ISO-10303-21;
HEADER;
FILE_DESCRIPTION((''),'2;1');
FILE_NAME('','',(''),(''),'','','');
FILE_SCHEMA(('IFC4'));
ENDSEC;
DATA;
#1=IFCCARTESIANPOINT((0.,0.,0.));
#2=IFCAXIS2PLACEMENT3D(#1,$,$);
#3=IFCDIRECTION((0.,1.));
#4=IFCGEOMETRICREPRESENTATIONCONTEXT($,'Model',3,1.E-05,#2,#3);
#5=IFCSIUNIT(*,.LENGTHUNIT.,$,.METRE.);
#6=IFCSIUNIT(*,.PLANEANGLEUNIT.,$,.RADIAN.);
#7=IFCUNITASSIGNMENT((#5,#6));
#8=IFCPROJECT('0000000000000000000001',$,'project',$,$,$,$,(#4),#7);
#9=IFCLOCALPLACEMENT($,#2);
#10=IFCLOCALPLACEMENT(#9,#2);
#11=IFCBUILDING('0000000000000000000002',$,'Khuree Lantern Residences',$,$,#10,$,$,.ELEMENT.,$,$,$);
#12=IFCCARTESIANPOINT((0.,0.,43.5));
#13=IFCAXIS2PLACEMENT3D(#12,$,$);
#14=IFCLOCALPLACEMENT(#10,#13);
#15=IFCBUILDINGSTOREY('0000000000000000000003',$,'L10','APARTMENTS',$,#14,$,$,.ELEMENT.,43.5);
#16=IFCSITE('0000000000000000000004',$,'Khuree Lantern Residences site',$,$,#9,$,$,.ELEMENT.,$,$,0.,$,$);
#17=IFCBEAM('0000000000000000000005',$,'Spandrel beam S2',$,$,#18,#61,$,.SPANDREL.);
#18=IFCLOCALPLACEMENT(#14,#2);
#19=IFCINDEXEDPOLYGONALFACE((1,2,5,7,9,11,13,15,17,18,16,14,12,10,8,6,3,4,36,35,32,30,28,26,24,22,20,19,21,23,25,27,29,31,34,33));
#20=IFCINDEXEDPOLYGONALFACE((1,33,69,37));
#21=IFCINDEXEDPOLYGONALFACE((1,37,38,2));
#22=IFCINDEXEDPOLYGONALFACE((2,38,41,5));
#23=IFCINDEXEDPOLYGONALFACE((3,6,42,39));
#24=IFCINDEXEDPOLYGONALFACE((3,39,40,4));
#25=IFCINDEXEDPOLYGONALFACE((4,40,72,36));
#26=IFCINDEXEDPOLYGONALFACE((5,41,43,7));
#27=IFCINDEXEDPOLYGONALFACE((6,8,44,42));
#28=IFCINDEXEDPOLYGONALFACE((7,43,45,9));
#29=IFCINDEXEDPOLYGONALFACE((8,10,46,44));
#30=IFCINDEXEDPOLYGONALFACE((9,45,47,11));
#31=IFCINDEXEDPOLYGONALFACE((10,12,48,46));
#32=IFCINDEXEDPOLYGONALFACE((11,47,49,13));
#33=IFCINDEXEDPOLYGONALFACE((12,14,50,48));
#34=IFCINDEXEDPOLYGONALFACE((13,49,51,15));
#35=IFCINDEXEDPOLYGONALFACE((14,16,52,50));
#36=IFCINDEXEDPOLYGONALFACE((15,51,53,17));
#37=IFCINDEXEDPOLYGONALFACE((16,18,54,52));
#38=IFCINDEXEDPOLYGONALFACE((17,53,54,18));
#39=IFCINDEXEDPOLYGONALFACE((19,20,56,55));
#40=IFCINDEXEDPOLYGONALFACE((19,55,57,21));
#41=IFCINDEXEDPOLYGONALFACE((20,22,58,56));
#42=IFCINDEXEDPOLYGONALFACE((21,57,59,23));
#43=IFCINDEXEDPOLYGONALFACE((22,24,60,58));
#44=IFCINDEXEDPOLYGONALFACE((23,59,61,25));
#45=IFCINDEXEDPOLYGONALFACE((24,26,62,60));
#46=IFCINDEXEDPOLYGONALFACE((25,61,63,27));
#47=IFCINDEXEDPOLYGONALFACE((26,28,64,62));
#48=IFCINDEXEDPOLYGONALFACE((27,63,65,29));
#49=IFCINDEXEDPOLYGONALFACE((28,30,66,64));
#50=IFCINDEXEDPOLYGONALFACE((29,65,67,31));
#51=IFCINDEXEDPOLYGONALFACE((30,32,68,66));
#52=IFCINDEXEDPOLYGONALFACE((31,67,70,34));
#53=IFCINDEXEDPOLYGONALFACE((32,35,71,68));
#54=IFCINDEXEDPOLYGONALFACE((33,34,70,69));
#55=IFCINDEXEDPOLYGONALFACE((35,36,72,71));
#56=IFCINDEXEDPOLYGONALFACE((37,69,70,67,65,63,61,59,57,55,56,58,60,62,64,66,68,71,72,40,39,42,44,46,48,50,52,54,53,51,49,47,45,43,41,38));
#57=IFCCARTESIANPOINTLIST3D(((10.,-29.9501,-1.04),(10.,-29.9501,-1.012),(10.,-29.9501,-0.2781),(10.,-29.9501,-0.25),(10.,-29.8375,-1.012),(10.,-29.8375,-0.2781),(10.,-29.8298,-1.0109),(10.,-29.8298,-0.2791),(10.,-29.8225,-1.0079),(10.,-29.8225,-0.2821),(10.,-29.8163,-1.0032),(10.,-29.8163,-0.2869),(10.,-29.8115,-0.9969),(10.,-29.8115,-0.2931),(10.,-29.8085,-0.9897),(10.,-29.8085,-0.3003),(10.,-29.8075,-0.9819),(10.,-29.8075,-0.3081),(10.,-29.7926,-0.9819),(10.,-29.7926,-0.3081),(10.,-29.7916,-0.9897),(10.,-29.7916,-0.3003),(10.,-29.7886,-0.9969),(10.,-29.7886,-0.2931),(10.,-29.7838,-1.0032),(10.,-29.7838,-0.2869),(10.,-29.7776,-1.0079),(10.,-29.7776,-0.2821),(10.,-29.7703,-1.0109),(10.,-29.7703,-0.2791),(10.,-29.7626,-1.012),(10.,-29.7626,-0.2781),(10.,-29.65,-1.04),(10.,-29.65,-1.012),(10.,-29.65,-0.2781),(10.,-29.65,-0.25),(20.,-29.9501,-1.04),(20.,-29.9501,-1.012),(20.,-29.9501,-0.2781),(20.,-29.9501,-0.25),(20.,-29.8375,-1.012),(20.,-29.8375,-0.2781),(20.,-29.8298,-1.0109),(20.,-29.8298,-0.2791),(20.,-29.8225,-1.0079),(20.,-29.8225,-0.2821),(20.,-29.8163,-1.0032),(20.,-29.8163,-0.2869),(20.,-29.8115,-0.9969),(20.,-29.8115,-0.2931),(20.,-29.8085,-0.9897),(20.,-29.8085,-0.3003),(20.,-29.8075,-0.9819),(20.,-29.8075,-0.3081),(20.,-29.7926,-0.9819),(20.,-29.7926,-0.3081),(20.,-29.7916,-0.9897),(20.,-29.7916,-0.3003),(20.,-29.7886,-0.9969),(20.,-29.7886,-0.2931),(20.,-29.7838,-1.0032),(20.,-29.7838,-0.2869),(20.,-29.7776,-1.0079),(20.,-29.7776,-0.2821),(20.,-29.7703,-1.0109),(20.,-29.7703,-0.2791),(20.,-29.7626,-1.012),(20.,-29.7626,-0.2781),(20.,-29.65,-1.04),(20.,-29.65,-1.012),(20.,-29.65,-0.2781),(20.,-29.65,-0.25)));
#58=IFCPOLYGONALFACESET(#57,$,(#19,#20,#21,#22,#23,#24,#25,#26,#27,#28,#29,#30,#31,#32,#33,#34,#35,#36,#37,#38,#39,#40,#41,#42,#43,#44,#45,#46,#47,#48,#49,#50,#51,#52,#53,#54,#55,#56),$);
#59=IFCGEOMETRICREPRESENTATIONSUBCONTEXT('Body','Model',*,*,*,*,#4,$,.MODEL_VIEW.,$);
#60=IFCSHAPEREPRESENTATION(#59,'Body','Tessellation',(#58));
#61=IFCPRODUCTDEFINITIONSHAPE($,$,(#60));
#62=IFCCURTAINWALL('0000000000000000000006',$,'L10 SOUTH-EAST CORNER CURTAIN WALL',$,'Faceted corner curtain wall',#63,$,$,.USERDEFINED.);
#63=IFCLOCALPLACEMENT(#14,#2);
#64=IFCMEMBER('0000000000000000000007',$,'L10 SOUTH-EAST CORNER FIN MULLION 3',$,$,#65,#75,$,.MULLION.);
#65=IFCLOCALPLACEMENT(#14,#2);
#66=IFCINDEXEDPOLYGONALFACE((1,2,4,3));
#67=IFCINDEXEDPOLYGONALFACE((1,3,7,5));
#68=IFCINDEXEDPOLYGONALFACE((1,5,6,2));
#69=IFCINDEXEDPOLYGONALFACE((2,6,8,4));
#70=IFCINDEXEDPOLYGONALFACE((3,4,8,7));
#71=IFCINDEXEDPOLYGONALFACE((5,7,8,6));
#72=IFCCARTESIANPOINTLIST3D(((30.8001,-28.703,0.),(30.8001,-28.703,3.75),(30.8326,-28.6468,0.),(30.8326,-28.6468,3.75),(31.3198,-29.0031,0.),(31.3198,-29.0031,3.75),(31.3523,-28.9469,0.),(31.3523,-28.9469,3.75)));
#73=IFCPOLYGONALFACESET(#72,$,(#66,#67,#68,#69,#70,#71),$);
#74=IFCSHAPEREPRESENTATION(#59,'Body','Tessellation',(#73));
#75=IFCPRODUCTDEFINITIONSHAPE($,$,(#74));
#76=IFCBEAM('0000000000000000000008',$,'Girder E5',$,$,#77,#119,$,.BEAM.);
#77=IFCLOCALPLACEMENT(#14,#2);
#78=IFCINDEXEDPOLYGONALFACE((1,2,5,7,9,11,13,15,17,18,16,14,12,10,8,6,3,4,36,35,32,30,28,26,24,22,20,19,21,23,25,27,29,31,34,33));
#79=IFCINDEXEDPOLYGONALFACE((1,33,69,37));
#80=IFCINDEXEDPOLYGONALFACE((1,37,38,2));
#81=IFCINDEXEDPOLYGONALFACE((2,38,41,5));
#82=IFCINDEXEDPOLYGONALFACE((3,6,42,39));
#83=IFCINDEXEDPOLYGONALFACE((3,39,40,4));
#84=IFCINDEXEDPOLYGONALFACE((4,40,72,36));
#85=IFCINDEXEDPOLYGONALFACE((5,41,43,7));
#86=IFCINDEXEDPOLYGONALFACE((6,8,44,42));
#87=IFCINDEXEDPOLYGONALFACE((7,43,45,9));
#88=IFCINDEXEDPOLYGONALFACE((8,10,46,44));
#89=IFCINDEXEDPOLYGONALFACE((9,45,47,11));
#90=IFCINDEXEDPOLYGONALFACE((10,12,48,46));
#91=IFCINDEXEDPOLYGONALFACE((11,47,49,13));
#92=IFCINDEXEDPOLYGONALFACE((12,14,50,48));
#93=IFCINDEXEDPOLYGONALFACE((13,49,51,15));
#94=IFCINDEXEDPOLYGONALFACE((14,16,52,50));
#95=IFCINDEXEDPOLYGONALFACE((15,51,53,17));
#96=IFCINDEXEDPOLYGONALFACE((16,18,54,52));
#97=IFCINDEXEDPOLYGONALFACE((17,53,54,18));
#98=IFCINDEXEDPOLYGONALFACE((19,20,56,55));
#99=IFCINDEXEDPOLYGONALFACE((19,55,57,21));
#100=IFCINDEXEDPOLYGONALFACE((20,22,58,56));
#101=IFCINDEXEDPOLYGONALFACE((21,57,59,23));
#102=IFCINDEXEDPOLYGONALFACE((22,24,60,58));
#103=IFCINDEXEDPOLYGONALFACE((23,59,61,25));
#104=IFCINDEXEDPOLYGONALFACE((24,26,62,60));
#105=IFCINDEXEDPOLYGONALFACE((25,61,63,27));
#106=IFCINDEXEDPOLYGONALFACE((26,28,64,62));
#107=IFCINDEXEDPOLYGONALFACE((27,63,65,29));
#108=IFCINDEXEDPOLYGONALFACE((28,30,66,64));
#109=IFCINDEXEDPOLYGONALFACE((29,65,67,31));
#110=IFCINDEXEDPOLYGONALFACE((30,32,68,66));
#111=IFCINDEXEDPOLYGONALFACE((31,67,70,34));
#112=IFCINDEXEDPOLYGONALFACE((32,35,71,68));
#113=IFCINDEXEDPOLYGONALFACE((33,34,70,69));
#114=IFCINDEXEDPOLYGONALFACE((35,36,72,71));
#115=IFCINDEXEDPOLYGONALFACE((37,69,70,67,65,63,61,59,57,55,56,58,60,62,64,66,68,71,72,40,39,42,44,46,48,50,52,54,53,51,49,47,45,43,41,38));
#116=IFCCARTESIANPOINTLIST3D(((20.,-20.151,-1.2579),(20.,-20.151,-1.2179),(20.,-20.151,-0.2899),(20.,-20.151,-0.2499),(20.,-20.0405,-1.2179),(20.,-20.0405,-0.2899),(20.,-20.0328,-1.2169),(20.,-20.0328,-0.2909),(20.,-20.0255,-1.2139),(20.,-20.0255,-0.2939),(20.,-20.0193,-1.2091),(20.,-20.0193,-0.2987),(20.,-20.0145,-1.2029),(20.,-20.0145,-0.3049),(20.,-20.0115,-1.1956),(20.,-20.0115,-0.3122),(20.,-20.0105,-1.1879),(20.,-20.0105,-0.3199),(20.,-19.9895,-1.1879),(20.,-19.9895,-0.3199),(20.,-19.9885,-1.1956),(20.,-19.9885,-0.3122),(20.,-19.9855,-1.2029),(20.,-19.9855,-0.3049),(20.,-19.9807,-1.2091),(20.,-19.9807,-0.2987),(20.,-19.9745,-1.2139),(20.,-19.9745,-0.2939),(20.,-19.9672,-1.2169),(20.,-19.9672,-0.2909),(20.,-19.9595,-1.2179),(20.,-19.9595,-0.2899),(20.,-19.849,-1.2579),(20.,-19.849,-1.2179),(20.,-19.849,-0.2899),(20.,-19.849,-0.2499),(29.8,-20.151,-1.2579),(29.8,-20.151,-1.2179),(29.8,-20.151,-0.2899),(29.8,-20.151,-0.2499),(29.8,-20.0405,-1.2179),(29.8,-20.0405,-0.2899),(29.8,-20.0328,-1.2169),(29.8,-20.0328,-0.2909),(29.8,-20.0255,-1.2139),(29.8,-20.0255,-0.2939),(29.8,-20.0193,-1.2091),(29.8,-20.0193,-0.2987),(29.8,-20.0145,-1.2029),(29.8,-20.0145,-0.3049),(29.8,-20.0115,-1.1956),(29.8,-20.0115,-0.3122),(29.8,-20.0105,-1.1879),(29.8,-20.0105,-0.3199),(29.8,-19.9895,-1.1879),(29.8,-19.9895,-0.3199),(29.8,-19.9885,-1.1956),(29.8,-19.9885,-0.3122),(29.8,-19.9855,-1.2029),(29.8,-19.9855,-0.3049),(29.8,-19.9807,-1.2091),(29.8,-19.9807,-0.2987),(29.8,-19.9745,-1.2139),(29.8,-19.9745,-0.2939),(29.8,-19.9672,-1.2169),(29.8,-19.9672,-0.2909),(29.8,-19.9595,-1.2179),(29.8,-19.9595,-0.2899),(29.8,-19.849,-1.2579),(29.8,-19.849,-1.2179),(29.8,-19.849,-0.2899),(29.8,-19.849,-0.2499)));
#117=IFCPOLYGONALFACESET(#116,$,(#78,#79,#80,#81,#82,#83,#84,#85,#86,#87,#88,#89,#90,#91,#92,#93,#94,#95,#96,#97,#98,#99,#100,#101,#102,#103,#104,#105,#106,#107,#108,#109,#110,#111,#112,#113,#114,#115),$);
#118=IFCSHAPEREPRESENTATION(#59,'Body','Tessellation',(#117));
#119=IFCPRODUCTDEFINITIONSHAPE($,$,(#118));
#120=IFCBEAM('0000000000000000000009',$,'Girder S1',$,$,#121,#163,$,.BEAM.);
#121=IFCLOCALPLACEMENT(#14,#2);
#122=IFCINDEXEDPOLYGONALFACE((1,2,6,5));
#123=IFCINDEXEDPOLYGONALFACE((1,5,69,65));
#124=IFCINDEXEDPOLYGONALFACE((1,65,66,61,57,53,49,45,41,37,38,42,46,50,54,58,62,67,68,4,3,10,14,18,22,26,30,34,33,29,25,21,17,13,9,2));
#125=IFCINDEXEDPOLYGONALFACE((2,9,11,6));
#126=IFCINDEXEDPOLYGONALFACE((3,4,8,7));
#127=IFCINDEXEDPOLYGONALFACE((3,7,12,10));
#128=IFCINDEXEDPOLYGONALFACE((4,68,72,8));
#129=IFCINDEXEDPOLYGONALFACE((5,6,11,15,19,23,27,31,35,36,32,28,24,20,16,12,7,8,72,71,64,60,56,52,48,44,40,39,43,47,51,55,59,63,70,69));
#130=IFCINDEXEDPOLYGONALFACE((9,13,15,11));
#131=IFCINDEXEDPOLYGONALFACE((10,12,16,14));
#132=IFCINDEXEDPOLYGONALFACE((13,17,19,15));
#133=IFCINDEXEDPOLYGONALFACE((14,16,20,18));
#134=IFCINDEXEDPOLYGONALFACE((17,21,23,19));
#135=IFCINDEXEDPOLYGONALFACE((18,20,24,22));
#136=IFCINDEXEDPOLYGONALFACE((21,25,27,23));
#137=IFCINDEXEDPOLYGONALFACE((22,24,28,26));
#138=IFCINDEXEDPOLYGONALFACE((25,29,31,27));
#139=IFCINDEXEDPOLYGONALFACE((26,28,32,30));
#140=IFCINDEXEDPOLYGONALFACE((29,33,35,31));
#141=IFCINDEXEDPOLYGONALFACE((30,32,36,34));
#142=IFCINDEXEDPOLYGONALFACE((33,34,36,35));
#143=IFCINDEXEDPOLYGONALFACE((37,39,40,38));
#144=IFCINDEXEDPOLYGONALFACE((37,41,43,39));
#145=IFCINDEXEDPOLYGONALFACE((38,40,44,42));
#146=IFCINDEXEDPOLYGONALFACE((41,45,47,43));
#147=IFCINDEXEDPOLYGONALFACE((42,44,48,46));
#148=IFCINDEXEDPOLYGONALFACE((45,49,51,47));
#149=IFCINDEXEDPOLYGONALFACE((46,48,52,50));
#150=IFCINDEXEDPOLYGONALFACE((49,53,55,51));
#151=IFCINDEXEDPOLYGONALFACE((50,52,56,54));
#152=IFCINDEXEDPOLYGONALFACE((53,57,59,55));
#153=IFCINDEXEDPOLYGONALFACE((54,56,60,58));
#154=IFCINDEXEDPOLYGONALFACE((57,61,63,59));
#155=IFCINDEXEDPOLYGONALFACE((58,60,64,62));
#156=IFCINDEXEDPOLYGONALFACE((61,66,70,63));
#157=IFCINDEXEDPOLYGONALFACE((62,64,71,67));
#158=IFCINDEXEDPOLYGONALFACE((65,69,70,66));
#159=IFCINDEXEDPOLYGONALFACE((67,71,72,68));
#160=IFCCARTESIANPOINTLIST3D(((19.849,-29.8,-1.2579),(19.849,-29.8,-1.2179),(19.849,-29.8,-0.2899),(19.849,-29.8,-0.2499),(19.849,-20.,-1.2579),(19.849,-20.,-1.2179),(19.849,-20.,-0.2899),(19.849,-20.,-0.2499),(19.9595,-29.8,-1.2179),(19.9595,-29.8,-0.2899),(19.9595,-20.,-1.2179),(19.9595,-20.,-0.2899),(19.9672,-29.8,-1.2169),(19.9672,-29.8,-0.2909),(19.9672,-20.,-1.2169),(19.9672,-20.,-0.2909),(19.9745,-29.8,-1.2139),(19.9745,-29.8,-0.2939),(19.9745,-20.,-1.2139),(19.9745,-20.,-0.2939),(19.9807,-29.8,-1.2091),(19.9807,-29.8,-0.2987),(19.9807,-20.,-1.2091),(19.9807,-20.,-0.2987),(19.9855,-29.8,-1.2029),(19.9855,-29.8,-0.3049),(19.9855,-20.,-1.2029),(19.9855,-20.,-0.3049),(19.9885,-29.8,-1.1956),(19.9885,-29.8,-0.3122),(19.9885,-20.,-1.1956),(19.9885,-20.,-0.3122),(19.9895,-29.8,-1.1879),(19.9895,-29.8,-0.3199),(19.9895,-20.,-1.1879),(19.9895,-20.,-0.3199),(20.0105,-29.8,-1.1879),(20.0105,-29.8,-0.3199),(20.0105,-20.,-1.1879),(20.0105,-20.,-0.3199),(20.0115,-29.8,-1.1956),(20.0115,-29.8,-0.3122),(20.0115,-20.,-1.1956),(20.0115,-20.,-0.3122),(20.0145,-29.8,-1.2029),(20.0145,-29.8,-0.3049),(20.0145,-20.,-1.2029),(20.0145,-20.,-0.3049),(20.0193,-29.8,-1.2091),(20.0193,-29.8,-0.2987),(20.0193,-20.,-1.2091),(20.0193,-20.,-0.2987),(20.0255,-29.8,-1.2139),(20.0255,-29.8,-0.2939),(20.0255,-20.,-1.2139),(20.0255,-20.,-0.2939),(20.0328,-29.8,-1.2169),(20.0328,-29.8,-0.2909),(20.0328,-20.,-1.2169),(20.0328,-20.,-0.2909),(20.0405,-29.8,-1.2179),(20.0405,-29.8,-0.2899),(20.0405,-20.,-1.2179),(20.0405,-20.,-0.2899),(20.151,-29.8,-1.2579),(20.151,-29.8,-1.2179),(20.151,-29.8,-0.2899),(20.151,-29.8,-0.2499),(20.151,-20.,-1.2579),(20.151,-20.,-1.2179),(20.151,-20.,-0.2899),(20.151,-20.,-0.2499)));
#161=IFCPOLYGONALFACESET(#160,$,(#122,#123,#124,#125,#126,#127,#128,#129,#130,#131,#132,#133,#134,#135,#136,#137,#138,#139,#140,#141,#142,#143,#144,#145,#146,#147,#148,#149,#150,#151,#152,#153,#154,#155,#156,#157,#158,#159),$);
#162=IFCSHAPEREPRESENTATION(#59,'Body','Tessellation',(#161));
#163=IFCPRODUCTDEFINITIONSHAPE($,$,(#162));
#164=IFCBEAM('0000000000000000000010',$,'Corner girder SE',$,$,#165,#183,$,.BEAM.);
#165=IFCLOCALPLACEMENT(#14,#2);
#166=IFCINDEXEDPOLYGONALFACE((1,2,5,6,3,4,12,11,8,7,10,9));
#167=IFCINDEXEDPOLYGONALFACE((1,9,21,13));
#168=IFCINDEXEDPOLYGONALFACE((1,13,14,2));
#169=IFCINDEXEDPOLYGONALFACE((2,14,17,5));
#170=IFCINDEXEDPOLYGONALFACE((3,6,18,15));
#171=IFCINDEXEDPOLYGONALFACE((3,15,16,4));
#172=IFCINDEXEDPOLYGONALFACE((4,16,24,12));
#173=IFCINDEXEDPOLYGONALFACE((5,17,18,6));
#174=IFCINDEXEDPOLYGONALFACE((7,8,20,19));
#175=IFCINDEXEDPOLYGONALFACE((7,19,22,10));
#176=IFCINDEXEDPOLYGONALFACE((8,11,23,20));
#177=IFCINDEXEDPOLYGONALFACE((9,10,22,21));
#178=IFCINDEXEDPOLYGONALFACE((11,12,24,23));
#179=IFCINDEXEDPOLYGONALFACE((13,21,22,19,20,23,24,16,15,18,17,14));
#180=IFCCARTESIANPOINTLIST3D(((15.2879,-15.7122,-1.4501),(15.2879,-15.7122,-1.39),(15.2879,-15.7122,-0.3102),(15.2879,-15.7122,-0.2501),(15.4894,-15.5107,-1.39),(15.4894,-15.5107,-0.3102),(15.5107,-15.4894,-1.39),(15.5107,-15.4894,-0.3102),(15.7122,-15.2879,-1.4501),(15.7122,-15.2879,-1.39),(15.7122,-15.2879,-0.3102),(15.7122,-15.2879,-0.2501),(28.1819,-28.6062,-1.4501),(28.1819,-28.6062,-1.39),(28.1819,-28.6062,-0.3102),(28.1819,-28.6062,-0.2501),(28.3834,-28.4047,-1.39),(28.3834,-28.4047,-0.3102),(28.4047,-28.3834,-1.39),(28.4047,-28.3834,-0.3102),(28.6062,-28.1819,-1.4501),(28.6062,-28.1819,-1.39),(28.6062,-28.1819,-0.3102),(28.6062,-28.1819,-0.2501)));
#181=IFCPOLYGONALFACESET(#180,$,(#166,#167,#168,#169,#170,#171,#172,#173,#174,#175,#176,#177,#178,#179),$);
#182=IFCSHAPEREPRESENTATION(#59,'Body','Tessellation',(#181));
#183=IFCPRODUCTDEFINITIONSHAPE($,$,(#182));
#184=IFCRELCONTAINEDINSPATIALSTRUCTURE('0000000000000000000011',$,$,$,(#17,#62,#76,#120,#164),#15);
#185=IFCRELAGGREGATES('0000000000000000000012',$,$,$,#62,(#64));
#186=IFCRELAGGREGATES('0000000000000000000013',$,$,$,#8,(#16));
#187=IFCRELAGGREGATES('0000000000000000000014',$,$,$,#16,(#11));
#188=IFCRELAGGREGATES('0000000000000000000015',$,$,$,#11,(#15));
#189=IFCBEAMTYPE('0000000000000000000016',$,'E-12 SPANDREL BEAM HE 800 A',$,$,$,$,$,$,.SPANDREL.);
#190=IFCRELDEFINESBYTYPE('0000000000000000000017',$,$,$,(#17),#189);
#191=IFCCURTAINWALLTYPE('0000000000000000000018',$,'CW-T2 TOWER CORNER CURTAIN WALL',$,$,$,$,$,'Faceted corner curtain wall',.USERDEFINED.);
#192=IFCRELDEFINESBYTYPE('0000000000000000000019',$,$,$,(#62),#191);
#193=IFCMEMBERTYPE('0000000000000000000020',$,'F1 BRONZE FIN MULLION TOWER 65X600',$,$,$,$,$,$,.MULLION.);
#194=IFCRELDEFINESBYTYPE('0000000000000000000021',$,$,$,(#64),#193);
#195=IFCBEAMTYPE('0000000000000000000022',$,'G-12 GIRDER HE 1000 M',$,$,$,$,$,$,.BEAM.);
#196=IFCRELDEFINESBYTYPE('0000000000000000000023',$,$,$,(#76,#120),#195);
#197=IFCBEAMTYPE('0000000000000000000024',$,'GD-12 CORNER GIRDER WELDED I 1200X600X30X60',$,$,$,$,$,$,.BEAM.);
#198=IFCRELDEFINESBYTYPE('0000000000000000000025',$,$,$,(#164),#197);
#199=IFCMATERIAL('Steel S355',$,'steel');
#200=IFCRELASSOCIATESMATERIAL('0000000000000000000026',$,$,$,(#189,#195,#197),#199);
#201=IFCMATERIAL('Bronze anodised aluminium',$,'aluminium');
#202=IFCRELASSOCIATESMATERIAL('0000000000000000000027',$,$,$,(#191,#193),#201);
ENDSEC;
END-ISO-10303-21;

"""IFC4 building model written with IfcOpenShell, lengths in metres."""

from ifc_helpers import new_model, si_unit, direction, frame, origin, origin_2d, place, context, subcontext, project, spatial, rectangle, i_section, extrude, material, material_profile, profile_set, type_object, element, aggregate, save


model = new_model("IFC4")

# Units and contexts
model_context = context("Model", 3, precision=1e-05, world=origin(), true_north=direction((0.0, 1.0)))
body_context = subcontext(model_context, "Body", "Model", "MODEL_VIEW")
ifc_project = project(units=[si_unit("LENGTHUNIT", "METRE"), si_unit("PLANEANGLEUNIT", "RADIAN")], contexts=[model_context])

# Site, building, storey
site_placement = place(None, origin())
site = spatial("IfcSite", under=ifc_project, at=site_placement, Name="Khuree Lantern Residences site", CompositionType="ELEMENT", RefElevation=0.0)
building_placement = place(site_placement, origin())
building = spatial("IfcBuilding", under=site, at=building_placement, Name="Khuree Lantern Residences", CompositionType="ELEMENT")
storey_placement = place(building_placement, frame((0.0, 0.0, 43.5)))
storey = spatial("IfcBuildingStorey", under=building, at=storey_placement, Name="L10", Description="APARTMENTS", CompositionType="ELEMENT", Elevation=43.5)

# Beam
ifc_material_1 = material(Name="Steel S355", Category="steel")
ifc_material_profile_1 = material_profile(ifc_material_1, i_section(OverallWidth=0.3, OverallDepth=0.79, WebThickness=0.0149, FlangeThickness=0.0281, FilletRadius=0.03, at=origin_2d()), Name="HE 800 A")
ifc_profile_set_1 = profile_set([ifc_material_profile_1], Name="Steel S355")
beam_type_1 = type_object("IfcBeamType", Name="E-12 SPANDREL BEAM HE 800 A", PredefinedType="SPANDREL", material=ifc_profile_set_1)
beam_1_placement = place(storey_placement, frame((20.0, -29.8, -0.645), z_axis=(-1.0, 0.0, 0.0), x_axis=(0.0, -1.0, 0.0)))
element("IfcBeam", 1, at=beam_1_placement, inside=storey, type_object=beam_type_1, Name="Spandrel beam S2", PredefinedType="SPANDREL", context=body_context, shape_type="SweptSolid", body=[
    extrude(i_section(OverallWidth=0.3, OverallDepth=0.79, WebThickness=0.0149, FlangeThickness=0.0281, FilletRadius=0.03, at=origin_2d()), origin(), (0.0, 0.0, 1.0), 10.0),
])

# Curtain wall, member
ifc_material_2 = material(Name="Bronze anodised aluminium", Category="aluminium")
curtain_wall_type_1 = type_object("IfcCurtainWallType", Name="CW-T2 TOWER CORNER CURTAIN WALL", ElementType="Faceted corner curtain wall", PredefinedType="USERDEFINED", material=ifc_material_2)
curtain_wall_1_placement = place(storey_placement, origin())
curtain_wall_1 = element("IfcCurtainWall", 2, at=curtain_wall_1_placement, inside=storey, type_object=curtain_wall_type_1, Name="L10 SOUTH-EAST CORNER CURTAIN WALL", ObjectType="Faceted corner curtain wall", PredefinedType="USERDEFINED")
ifc_material_profile_2 = material_profile(ifc_material_2, rectangle(XDim=0.0649, YDim=0.6001, at=origin_2d()), Name="F1 65X600")
ifc_profile_set_2 = profile_set([ifc_material_profile_2], Name="Bronze anodised aluminium")
member_type_1 = type_object("IfcMemberType", Name="F1 BRONZE FIN MULLION TOWER 65X600", PredefinedType="MULLION", material=ifc_profile_set_2)
member_1_placement = place(storey_placement, frame((31.0762, -28.825, 0.0), z_axis=(0.0, 0.0, 1.0), x_axis=(0.5, 0.866025, 0.0)))
member_1 = element("IfcMember", 3, at=member_1_placement, type_object=member_type_1, Name="L10 SOUTH-EAST CORNER FIN MULLION 3", PredefinedType="MULLION", context=body_context, shape_type="SweptSolid", body=[
    extrude(rectangle(XDim=0.0649, YDim=0.6001, at=origin_2d()), origin(), (0.0, 0.0, 1.0), 3.75),
])

# Beams
ifc_material_profile_3 = material_profile(ifc_material_1, i_section(OverallWidth=0.302, OverallDepth=1.0081, WebThickness=0.021, FlangeThickness=0.04, FilletRadius=0.03, at=origin_2d()), Name="HE 1000 M")
ifc_profile_set_3 = profile_set([ifc_material_profile_3], Name="Steel S355")
beam_type_2 = type_object("IfcBeamType", Name="G-12 GIRDER HE 1000 M", PredefinedType="BEAM", material=ifc_profile_set_3)
for number, where, z_axis, x_axis, name in (
    (4, (29.8, -20.0, -0.7539), (-1.0, 0.0, 0.0), (0.0, -1.0, 0.0), "Girder E5"),
    (5, (20.0, -29.8, -0.7539), (0.0, 1.0, 0.0), (-1.0, 0.0, 0.0), "Girder S1"),
):
    element("IfcBeam", number, at=place(storey_placement, frame(where, z_axis=z_axis, x_axis=x_axis)), inside=storey, type_object=beam_type_2, Name=name, PredefinedType="BEAM", context=body_context, shape_type="SweptSolid", body=[
        extrude(i_section(OverallWidth=0.302, OverallDepth=1.0081, WebThickness=0.021, FlangeThickness=0.04, FilletRadius=0.03, at=origin_2d()), origin(), (0.0, 0.0, 1.0), 9.8),
    ])
ifc_material_profile_4 = material_profile(ifc_material_1, i_section(OverallWidth=0.6001, OverallDepth=1.2, WebThickness=0.03, FlangeThickness=0.0601, at=origin_2d()), Name="WELDED I 1200X600X30X60")
ifc_profile_set_4 = profile_set([ifc_material_profile_4], Name="Steel S355")
beam_type_3 = type_object("IfcBeamType", Name="GD-12 CORNER GIRDER WELDED I 1200X600X30X60", PredefinedType="BEAM", material=ifc_profile_set_4)
beam_2_placement = place(storey_placement, frame((28.394, -28.394, -0.8501), z_axis=(-0.707107, 0.707107, 0.0), x_axis=(-0.707107, -0.707107, 0.0)))
element("IfcBeam", 6, at=beam_2_placement, inside=storey, type_object=beam_type_3, Name="Corner girder SE", PredefinedType="BEAM", context=body_context, shape_type="SweptSolid", body=[
    extrude(i_section(OverallWidth=0.6001, OverallDepth=1.2, WebThickness=0.03, FlangeThickness=0.0601, at=origin_2d()), origin(), (0.0, 0.0, 1.0), 18.2349),
])

aggregate(curtain_wall_1, [member_1])

save(model, "model.ifc")
